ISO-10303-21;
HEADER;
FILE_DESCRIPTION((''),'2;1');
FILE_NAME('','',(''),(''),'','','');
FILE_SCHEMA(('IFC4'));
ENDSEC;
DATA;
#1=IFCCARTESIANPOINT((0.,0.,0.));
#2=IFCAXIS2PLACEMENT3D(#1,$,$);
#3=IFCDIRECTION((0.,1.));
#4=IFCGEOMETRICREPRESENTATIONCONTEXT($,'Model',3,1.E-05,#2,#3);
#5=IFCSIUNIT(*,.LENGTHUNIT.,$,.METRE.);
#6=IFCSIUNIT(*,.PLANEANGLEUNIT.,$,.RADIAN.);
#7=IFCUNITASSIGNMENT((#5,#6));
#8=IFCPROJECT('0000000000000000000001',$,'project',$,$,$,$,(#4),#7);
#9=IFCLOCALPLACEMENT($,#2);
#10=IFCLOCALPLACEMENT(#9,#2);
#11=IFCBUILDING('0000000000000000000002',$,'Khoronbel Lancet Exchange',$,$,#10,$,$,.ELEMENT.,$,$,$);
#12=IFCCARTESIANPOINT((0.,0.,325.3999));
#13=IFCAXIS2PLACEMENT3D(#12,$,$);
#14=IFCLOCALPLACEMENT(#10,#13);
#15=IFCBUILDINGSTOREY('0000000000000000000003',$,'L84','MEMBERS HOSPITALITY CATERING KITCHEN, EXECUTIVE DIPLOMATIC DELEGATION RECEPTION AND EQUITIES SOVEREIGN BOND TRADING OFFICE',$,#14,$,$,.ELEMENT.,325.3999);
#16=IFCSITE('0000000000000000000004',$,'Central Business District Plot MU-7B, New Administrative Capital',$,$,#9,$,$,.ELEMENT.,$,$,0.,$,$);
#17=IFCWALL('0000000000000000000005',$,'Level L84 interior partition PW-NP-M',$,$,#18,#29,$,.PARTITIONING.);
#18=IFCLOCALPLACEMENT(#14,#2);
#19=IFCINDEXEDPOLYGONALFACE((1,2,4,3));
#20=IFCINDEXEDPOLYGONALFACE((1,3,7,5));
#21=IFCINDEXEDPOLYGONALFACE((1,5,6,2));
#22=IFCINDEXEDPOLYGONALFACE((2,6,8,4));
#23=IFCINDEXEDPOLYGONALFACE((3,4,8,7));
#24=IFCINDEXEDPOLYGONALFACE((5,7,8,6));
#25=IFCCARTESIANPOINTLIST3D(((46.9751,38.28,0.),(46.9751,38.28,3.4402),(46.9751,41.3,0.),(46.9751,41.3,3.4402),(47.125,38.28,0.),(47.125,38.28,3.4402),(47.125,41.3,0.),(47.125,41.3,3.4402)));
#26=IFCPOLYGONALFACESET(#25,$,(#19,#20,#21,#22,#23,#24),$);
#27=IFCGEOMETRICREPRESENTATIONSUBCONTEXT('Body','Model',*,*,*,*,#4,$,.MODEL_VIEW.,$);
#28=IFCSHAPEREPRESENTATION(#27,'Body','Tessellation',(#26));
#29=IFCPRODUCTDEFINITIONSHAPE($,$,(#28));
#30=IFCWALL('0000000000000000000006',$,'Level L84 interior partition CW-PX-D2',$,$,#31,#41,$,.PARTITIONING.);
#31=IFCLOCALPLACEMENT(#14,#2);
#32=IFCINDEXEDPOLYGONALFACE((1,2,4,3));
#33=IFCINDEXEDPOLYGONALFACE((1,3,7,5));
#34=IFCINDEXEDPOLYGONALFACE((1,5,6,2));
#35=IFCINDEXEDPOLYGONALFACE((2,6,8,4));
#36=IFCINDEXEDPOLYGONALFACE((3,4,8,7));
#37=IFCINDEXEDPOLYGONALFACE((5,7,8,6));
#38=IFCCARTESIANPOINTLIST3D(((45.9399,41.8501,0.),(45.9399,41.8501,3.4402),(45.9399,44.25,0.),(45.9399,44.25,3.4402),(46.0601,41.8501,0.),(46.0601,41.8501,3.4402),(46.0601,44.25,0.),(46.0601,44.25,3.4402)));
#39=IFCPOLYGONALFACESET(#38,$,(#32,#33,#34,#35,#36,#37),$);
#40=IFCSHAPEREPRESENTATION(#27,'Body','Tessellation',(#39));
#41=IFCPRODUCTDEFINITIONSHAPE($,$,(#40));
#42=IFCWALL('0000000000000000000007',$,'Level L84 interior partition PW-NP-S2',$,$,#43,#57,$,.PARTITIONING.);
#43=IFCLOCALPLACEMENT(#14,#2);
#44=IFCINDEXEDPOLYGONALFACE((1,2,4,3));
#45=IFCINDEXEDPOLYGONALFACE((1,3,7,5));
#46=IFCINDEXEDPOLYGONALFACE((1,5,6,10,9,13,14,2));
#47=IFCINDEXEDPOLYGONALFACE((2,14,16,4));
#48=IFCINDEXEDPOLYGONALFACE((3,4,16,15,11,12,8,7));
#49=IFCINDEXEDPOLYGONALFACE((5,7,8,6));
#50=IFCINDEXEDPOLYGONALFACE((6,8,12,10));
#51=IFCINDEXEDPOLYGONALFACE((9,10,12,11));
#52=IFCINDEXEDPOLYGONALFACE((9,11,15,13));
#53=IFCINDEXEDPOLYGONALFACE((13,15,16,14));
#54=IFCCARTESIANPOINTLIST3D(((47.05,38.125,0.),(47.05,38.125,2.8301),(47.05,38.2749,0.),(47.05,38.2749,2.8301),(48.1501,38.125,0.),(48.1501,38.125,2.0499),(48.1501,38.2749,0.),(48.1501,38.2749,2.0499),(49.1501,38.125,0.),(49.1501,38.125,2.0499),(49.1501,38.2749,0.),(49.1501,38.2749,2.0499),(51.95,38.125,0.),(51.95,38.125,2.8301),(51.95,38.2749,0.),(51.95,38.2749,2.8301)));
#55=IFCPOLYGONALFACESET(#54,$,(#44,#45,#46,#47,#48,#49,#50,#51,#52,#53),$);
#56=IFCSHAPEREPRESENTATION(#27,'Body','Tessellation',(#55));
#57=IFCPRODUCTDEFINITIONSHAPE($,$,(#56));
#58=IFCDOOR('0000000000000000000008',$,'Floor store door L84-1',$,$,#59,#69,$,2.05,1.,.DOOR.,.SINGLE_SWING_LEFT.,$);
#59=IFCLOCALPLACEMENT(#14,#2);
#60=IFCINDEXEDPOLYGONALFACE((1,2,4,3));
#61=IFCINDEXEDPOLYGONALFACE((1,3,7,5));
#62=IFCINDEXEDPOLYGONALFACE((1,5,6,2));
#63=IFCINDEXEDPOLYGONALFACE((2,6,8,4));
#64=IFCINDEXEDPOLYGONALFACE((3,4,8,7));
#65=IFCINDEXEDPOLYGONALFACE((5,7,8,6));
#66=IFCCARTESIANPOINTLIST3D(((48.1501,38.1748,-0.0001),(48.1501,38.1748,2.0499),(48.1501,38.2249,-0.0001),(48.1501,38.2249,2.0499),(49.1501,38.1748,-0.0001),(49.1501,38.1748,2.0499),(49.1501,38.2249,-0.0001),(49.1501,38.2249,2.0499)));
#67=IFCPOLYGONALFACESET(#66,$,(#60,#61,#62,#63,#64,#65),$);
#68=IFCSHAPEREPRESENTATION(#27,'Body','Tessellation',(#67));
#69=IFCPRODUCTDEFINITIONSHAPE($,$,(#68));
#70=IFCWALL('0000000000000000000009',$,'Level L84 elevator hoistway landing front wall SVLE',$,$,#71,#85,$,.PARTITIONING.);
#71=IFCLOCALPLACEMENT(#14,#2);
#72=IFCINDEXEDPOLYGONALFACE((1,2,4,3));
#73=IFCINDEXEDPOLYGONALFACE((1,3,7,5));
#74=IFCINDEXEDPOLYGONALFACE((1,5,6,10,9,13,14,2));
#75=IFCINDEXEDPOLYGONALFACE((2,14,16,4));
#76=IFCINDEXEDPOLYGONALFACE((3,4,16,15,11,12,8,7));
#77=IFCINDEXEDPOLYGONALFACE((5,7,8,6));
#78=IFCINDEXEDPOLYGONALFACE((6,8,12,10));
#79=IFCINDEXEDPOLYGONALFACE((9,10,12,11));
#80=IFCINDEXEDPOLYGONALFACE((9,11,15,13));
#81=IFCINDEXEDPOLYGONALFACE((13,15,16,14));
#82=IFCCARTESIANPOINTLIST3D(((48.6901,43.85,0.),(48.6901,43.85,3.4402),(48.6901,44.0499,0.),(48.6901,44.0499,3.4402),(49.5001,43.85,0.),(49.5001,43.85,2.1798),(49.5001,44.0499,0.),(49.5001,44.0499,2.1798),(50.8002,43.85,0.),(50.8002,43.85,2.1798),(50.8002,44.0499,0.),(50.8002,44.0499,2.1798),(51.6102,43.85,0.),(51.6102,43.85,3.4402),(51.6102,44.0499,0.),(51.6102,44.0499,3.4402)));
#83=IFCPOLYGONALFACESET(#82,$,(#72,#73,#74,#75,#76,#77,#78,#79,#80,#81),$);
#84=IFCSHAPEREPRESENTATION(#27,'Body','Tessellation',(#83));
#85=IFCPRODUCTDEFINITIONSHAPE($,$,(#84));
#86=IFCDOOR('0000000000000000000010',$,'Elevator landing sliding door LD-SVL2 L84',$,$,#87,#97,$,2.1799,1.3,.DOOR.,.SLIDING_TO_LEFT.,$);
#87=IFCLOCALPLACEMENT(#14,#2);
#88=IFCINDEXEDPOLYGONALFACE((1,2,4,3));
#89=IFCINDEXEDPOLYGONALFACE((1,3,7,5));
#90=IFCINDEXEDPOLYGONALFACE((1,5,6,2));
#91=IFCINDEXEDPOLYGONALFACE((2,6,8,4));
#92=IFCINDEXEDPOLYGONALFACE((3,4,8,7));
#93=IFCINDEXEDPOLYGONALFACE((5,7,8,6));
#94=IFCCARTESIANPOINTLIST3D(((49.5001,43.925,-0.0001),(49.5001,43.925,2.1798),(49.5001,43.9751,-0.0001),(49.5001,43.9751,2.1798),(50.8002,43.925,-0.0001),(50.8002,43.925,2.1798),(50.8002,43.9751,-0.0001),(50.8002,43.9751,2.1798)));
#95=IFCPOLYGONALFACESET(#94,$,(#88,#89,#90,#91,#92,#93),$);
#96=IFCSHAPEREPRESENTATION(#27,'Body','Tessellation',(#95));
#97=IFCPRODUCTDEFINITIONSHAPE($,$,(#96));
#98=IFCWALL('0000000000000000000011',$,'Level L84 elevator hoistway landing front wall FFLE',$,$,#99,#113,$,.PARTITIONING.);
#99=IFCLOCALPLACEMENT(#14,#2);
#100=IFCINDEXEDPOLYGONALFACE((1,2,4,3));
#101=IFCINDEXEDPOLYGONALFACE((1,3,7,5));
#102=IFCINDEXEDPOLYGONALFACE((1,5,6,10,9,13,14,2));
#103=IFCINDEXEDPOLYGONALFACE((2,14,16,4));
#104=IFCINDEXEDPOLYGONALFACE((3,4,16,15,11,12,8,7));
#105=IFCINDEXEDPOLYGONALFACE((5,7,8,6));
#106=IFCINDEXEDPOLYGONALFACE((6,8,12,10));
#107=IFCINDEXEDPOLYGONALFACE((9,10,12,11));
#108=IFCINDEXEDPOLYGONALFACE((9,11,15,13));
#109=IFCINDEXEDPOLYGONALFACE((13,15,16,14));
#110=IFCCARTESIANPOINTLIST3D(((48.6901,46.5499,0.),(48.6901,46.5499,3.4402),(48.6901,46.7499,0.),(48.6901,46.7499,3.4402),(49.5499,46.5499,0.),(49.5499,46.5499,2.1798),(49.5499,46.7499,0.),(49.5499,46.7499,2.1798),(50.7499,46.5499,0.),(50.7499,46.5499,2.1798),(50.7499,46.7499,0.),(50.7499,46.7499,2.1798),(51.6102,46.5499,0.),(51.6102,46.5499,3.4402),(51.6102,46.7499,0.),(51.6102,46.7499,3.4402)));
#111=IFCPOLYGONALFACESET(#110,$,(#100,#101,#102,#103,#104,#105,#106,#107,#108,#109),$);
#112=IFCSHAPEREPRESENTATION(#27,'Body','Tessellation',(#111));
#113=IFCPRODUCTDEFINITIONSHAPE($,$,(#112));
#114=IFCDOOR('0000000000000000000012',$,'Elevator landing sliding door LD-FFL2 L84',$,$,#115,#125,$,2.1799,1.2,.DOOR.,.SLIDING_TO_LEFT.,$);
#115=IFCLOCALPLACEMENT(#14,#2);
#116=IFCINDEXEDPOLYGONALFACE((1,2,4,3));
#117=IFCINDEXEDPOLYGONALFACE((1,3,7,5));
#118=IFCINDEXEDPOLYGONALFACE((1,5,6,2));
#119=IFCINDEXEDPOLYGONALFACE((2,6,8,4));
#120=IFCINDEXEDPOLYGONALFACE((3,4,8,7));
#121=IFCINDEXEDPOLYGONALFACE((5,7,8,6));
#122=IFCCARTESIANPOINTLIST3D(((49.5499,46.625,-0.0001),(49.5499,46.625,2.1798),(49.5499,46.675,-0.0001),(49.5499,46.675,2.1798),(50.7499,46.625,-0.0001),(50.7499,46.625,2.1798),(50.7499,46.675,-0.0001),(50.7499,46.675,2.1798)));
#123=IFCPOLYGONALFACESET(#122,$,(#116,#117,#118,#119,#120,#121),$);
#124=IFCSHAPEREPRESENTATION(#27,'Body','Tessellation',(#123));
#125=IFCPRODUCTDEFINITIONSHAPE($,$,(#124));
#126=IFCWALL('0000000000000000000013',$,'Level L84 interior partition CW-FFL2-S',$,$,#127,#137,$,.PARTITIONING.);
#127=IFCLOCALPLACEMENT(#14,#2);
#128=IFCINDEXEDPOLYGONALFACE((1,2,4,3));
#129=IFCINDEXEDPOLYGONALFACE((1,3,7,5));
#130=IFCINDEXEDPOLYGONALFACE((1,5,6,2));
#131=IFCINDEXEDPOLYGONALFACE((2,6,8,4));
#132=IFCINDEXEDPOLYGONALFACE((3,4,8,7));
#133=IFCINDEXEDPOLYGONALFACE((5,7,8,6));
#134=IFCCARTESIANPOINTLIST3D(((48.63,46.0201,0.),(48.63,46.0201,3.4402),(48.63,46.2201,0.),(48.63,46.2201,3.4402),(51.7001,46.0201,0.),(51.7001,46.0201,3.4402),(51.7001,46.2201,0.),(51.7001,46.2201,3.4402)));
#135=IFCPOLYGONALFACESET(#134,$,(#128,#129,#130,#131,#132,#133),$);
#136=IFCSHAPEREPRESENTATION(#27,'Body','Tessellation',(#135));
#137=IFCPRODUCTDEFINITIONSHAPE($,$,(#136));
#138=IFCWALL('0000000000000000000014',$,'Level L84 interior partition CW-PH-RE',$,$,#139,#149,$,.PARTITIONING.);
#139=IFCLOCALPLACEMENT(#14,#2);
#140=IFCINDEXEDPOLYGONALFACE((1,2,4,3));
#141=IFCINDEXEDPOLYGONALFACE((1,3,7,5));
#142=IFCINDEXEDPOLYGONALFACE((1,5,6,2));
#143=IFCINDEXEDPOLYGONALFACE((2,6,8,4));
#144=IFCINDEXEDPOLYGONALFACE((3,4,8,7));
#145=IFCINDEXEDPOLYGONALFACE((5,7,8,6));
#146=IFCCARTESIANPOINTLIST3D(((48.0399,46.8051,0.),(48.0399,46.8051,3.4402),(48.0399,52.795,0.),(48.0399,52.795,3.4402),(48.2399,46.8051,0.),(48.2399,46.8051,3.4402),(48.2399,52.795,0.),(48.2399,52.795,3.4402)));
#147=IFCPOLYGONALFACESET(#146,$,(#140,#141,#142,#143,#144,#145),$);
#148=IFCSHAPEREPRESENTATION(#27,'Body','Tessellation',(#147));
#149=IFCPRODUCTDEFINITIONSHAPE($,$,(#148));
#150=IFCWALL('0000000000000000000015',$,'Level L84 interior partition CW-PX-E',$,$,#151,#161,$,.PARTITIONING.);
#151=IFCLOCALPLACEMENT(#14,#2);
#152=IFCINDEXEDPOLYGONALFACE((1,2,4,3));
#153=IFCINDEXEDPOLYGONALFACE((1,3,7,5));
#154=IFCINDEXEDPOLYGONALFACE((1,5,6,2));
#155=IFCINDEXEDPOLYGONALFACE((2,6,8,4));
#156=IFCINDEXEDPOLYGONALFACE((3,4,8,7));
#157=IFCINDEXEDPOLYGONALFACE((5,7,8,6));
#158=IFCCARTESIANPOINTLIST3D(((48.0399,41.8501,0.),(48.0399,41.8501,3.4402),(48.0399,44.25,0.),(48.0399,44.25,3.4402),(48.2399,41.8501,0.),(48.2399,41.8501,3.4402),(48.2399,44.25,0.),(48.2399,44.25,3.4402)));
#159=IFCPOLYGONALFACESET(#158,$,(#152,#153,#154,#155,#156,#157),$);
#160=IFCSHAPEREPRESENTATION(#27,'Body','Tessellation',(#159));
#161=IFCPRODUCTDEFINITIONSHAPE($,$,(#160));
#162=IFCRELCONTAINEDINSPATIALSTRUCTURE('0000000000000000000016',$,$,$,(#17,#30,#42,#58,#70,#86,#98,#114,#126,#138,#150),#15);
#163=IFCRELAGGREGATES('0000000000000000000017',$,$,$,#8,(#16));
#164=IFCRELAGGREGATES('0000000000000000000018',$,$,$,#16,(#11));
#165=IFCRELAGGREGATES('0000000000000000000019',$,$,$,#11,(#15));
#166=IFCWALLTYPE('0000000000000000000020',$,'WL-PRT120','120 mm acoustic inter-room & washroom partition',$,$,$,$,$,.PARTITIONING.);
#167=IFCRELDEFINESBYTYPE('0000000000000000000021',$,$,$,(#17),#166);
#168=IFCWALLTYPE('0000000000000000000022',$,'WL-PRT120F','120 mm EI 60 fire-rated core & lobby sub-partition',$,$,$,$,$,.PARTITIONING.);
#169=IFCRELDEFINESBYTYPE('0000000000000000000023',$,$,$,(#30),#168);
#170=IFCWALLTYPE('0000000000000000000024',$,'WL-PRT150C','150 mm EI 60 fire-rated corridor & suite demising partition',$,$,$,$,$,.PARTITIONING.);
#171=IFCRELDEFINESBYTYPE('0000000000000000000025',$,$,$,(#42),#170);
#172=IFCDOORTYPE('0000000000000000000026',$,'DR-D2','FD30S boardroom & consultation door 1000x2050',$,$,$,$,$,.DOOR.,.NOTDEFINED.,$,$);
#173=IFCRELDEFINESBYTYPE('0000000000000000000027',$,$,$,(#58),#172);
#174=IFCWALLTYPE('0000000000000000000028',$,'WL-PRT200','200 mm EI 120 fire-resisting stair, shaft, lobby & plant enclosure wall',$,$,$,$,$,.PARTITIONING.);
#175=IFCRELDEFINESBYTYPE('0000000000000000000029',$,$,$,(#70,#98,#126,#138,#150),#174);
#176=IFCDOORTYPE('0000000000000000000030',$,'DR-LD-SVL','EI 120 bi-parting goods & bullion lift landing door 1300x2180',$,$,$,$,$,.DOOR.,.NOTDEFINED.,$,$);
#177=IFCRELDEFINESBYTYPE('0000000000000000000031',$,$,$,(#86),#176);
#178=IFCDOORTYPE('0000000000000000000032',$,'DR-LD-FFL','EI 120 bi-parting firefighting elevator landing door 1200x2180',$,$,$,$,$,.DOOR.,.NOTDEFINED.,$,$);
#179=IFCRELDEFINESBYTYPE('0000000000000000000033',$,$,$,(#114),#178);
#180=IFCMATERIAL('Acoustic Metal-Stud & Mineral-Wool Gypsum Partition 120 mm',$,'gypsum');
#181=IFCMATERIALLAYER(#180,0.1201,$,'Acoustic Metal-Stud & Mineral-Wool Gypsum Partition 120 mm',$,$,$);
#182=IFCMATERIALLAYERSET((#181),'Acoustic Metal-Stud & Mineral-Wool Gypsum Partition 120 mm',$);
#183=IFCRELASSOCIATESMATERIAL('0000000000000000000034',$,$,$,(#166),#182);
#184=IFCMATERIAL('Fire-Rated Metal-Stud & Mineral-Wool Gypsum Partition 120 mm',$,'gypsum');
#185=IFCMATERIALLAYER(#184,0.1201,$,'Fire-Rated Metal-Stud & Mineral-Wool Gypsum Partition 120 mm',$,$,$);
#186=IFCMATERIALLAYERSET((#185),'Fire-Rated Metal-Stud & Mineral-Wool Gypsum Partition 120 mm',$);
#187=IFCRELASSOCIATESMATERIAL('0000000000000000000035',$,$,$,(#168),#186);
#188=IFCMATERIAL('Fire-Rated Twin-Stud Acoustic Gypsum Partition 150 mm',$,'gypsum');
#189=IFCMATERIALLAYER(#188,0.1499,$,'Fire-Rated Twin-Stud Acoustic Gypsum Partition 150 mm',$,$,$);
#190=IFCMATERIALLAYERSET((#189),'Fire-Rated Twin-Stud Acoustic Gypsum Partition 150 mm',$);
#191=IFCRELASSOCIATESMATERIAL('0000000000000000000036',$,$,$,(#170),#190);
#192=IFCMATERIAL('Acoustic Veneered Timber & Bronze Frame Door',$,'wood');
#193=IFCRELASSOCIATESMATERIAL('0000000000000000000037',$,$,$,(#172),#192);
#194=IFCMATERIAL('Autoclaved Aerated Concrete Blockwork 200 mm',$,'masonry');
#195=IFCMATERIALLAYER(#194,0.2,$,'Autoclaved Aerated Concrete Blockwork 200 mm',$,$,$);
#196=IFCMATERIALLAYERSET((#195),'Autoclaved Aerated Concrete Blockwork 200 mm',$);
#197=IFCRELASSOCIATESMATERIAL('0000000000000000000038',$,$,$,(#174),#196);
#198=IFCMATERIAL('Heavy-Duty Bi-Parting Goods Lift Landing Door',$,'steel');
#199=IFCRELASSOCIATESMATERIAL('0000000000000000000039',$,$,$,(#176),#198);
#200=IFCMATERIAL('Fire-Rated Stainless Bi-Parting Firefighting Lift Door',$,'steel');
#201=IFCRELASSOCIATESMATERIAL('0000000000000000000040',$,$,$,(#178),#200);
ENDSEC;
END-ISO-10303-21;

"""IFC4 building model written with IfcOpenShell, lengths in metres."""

from ifc_helpers import new_model, si_unit, direction, frame, frame_2d, origin, place, context, subcontext, project, spatial, rectangle, extrude, material, layer, layer_set, type_object, element, fill, save


model = new_model("IFC4")

# Units and contexts
model_context = context("Model", 3, precision=1e-05, world=origin(), true_north=direction((0.0, 1.0)))
body_context = subcontext(model_context, "Body", "Model", "MODEL_VIEW")
ifc_project = project(units=[si_unit("LENGTHUNIT", "METRE"), si_unit("PLANEANGLEUNIT", "RADIAN")], contexts=[model_context])

# Site, building, storey
site_placement = place(None, origin())
site = spatial("IfcSite", under=ifc_project, at=site_placement, Name="Central Business District Plot MU-7B, New Administrative Capital", CompositionType="ELEMENT", RefElevation=0.0)
building_placement = place(site_placement, origin())
building = spatial("IfcBuilding", under=site, at=building_placement, Name="Khoronbel Lancet Exchange", CompositionType="ELEMENT")
storey_placement = place(building_placement, frame((0.0, 0.0, 325.3999)))
storey = spatial("IfcBuildingStorey", under=building, at=storey_placement, Name="L84", Description="MEMBERS HOSPITALITY CATERING KITCHEN, EXECUTIVE DIPLOMATIC DELEGATION RECEPTION AND EQUITIES SOVEREIGN BOND TRADING OFFICE", CompositionType="ELEMENT", Elevation=325.3999)

# Walls
ifc_material_1 = material(Name="Acoustic Metal-Stud & Mineral-Wool Gypsum Partition 120 mm", Category="gypsum")
ifc_layer_1 = layer(ifc_material_1, 0.1201, Name="Acoustic Metal-Stud & Mineral-Wool Gypsum Partition 120 mm")
ifc_layer_set_1 = layer_set([ifc_layer_1], Name="Acoustic Metal-Stud & Mineral-Wool Gypsum Partition 120 mm")
wall_type_1 = type_object("IfcWallType", Name="WL-PRT120", Description="120 mm acoustic inter-room & washroom partition", PredefinedType="PARTITIONING", material=ifc_layer_set_1)
wall_1_placement = place(storey_placement, frame((47.05, 38.28, 0.0), z_axis=(0.0, 0.0, 1.0), x_axis=(0.0, 1.0, 0.0)))
element("IfcWall", 1, at=wall_1_placement, inside=storey, type_object=wall_type_1, Name="Level L84 interior partition PW-NP-M", PredefinedType="PARTITIONING", context=body_context, shape_type="SweptSolid", body=[
    extrude(rectangle(XDim=3.02, YDim=0.1499, at=frame_2d((1.51, 0.0))), origin(), (0.0, 0.0, 1.0), 3.4402),
])
ifc_material_2 = material(Name="Fire-Rated Metal-Stud & Mineral-Wool Gypsum Partition 120 mm", Category="gypsum")
ifc_layer_2 = layer(ifc_material_2, 0.1201, Name="Fire-Rated Metal-Stud & Mineral-Wool Gypsum Partition 120 mm")
ifc_layer_set_2 = layer_set([ifc_layer_2], Name="Fire-Rated Metal-Stud & Mineral-Wool Gypsum Partition 120 mm")
wall_type_2 = type_object("IfcWallType", Name="WL-PRT120F", Description="120 mm EI 60 fire-rated core & lobby sub-partition", PredefinedType="PARTITIONING", material=ifc_layer_set_2)
wall_2_placement = place(storey_placement, frame((46.0, 41.8501, 0.0), z_axis=(0.0, 0.0, 1.0), x_axis=(0.0, 1.0, 0.0)))
element("IfcWall", 2, at=wall_2_placement, inside=storey, type_object=wall_type_2, Name="Level L84 interior partition CW-PX-D2", PredefinedType="PARTITIONING", context=body_context, shape_type="SweptSolid", body=[
    extrude(rectangle(XDim=2.3999, YDim=0.1201, at=frame_2d((1.2, 0.0))), origin(), (0.0, 0.0, 1.0), 3.4402),
])

# Walls, openings, doors
ifc_material_3 = material(Name="Fire-Rated Twin-Stud Acoustic Gypsum Partition 150 mm", Category="gypsum")
ifc_layer_3 = layer(ifc_material_3, 0.1499, Name="Fire-Rated Twin-Stud Acoustic Gypsum Partition 150 mm")
ifc_layer_set_3 = layer_set([ifc_layer_3], Name="Fire-Rated Twin-Stud Acoustic Gypsum Partition 150 mm")
wall_type_3 = type_object("IfcWallType", Name="WL-PRT150C", Description="150 mm EI 60 fire-rated corridor & suite demising partition", PredefinedType="PARTITIONING", material=ifc_layer_set_3)
wall_3_placement = place(storey_placement, frame((47.05, 38.2, 0.0), z_axis=(0.0, 0.0, 1.0), x_axis=(1.0, 0.0, 0.0)))
wall_3 = element("IfcWall", 3, at=wall_3_placement, inside=storey, type_object=wall_type_3, Name="Level L84 interior partition PW-NP-S2", PredefinedType="PARTITIONING", context=body_context, shape_type="SweptSolid", body=[
    extrude(rectangle(XDim=4.8999, YDim=0.1499, at=frame_2d((2.45, 0.0))), origin(), (0.0, 0.0, 1.0), 2.8301),
])
opening_1_placement = place(wall_3_placement, frame((1.1001, 0.0, 0.0)))
opening_1 = element("IfcOpeningElement", 4, at=opening_1_placement, cuts=wall_3, PredefinedType="OPENING", context=body_context, shape_type="SweptSolid", body=[
    extrude(rectangle(XDim=1.0, YDim=2.05, at=frame_2d((0.5, 1.0249))), frame((0.0, 0.085, 0.0), z_axis=(0.0, -1.0, 0.0), x_axis=(1.0, 0.0, 0.0)), (0.0, 0.0, 1.0), 0.1699),
])
ifc_material_4 = material(Name="Acoustic Veneered Timber & Bronze Frame Door", Category="wood")
door_type_1 = type_object("IfcDoorType", Name="DR-D2", Description="FD30S boardroom & consultation door 1000x2050", OperationType="NOTDEFINED", PredefinedType="DOOR", material=ifc_material_4)
door_1_placement = place(opening_1_placement, origin())
door_1 = element("IfcDoor", 5, at=door_1_placement, inside=storey, type_object=door_type_1, Name="Floor store door L84-1", OperationType="SINGLE_SWING_LEFT", OverallHeight=2.05, OverallWidth=1.0, PredefinedType="DOOR", context=body_context, shape_type="SweptSolid", body=[
    extrude(rectangle(XDim=1.0, YDim=2.05, at=frame_2d((0.5, 1.0249))), frame((0.0, 0.0249, 0.0), z_axis=(0.0, -1.0, 0.0), x_axis=(1.0, 0.0, 0.0)), (0.0, 0.0, 1.0), 0.05),
])
fill(opening_1, door_1)
ifc_material_5 = material(Name="Autoclaved Aerated Concrete Blockwork 200 mm", Category="masonry")
ifc_layer_4 = layer(ifc_material_5, 0.2, Name="Autoclaved Aerated Concrete Blockwork 200 mm")
ifc_layer_set_4 = layer_set([ifc_layer_4], Name="Autoclaved Aerated Concrete Blockwork 200 mm")
wall_type_4 = type_object("IfcWallType", Name="WL-PRT200", Description="200 mm EI 120 fire-resisting stair, shaft, lobby & plant enclosure wall", PredefinedType="PARTITIONING", material=ifc_layer_set_4)
wall_4_placement = place(storey_placement, frame((51.6101, 43.95, 0.0), z_axis=(0.0, 0.0, 1.0), x_axis=(-1.0, 0.0, 0.0)))
wall_4 = element("IfcWall", 6, at=wall_4_placement, inside=storey, type_object=wall_type_4, Name="Level L84 elevator hoistway landing front wall SVLE", PredefinedType="PARTITIONING", context=body_context, shape_type="SweptSolid", body=[
    extrude(rectangle(XDim=2.9202, YDim=0.2, at=frame_2d((1.46, 0.0))), origin(), (0.0, 0.0, 1.0), 3.4402),
])
opening_2_placement = place(wall_4_placement, frame((0.8101, 0.0, 0.0)))
opening_2 = element("IfcOpeningElement", 7, at=opening_2_placement, cuts=wall_4, PredefinedType="OPENING", context=body_context, shape_type="SweptSolid", body=[
    extrude(rectangle(XDim=1.3, YDim=2.1799, at=frame_2d((0.6499, 1.0898))), frame((0.0, 0.1099, 0.0), z_axis=(0.0, -1.0, 0.0), x_axis=(1.0, 0.0, 0.0)), (0.0, 0.0, 1.0), 0.22),
])
ifc_material_6 = material(Name="Heavy-Duty Bi-Parting Goods Lift Landing Door", Category="steel")
door_type_2 = type_object("IfcDoorType", Name="DR-LD-SVL", Description="EI 120 bi-parting goods & bullion lift landing door 1300x2180", OperationType="NOTDEFINED", PredefinedType="DOOR", material=ifc_material_6)
door_2_placement = place(opening_2_placement, origin())
door_2 = element("IfcDoor", 8, at=door_2_placement, inside=storey, type_object=door_type_2, Name="Elevator landing sliding door LD-SVL2 L84", OperationType="SLIDING_TO_LEFT", OverallHeight=2.1799, OverallWidth=1.3, PredefinedType="DOOR", context=body_context, shape_type="SweptSolid", body=[
    extrude(rectangle(XDim=1.3, YDim=2.1799, at=frame_2d((0.6499, 1.0898))), frame((0.0, 0.0249, 0.0), z_axis=(0.0, -1.0, 0.0), x_axis=(1.0, 0.0, 0.0)), (0.0, 0.0, 1.0), 0.05),
])
fill(opening_2, door_2)
wall_5_placement = place(storey_placement, frame((51.6101, 46.6499, 0.0), z_axis=(0.0, 0.0, 1.0), x_axis=(-1.0, 0.0, 0.0)))
wall_5 = element("IfcWall", 9, at=wall_5_placement, inside=storey, type_object=wall_type_4, Name="Level L84 elevator hoistway landing front wall FFLE", PredefinedType="PARTITIONING", context=body_context, shape_type="SweptSolid", body=[
    extrude(rectangle(XDim=2.9202, YDim=0.2, at=frame_2d((1.46, 0.0))), origin(), (0.0, 0.0, 1.0), 3.4402),
])
opening_3_placement = place(wall_5_placement, frame((0.8601, 0.0, 0.0)))
opening_3 = element("IfcOpeningElement", 10, at=opening_3_placement, cuts=wall_5, PredefinedType="OPENING", context=body_context, shape_type="SweptSolid", body=[
    extrude(rectangle(XDim=1.2, YDim=2.1799, at=frame_2d((0.6001, 1.0898))), frame((0.0, 0.1099, 0.0), z_axis=(0.0, -1.0, 0.0), x_axis=(1.0, 0.0, 0.0)), (0.0, 0.0, 1.0), 0.22),
])
ifc_material_7 = material(Name="Fire-Rated Stainless Bi-Parting Firefighting Lift Door", Category="steel")
door_type_3 = type_object("IfcDoorType", Name="DR-LD-FFL", Description="EI 120 bi-parting firefighting elevator landing door 1200x2180", OperationType="NOTDEFINED", PredefinedType="DOOR", material=ifc_material_7)
door_3_placement = place(opening_3_placement, origin())
door_3 = element("IfcDoor", 11, at=door_3_placement, inside=storey, type_object=door_type_3, Name="Elevator landing sliding door LD-FFL2 L84", OperationType="SLIDING_TO_LEFT", OverallHeight=2.1799, OverallWidth=1.2, PredefinedType="DOOR", context=body_context, shape_type="SweptSolid", body=[
    extrude(rectangle(XDim=1.2, YDim=2.1799, at=frame_2d((0.6001, 1.0898))), frame((0.0, 0.0249, 0.0), z_axis=(0.0, -1.0, 0.0), x_axis=(1.0, 0.0, 0.0)), (0.0, 0.0, 1.0), 0.05),
])
fill(opening_3, door_3)

# Walls
wall_6_placement = place(storey_placement, frame((48.6299, 46.1201, 0.0), z_axis=(0.0, 0.0, 1.0), x_axis=(1.0, 0.0, 0.0)))
element("IfcWall", 12, at=wall_6_placement, inside=storey, type_object=wall_type_4, Name="Level L84 interior partition CW-FFL2-S", PredefinedType="PARTITIONING", context=body_context, shape_type="SweptSolid", body=[
    extrude(rectangle(XDim=3.0701, YDim=0.2, at=frame_2d((1.5352, 0.0))), origin(), (0.0, 0.0, 1.0), 3.4402),
])
wall_7_placement = place(storey_placement, frame((48.1399, 46.8049, 0.0), z_axis=(0.0, 0.0, 1.0), x_axis=(0.0, 1.0, 0.0)))
element("IfcWall", 13, at=wall_7_placement, inside=storey, type_object=wall_type_4, Name="Level L84 interior partition CW-PH-RE", PredefinedType="PARTITIONING", context=body_context, shape_type="SweptSolid", body=[
    extrude(rectangle(XDim=5.99, YDim=0.2, at=frame_2d((2.9951, 0.0))), origin(), (0.0, 0.0, 1.0), 3.4402),
])
wall_8_placement = place(storey_placement, frame((48.1399, 41.8501, 0.0), z_axis=(0.0, 0.0, 1.0), x_axis=(0.0, 1.0, 0.0)))
element("IfcWall", 14, at=wall_8_placement, inside=storey, type_object=wall_type_4, Name="Level L84 interior partition CW-PX-E", PredefinedType="PARTITIONING", context=body_context, shape_type="SweptSolid", body=[
    extrude(rectangle(XDim=2.3999, YDim=0.2, at=frame_2d((1.2, 0.0))), origin(), (0.0, 0.0, 1.0), 3.4402),
])

save(model, "model.ifc")
